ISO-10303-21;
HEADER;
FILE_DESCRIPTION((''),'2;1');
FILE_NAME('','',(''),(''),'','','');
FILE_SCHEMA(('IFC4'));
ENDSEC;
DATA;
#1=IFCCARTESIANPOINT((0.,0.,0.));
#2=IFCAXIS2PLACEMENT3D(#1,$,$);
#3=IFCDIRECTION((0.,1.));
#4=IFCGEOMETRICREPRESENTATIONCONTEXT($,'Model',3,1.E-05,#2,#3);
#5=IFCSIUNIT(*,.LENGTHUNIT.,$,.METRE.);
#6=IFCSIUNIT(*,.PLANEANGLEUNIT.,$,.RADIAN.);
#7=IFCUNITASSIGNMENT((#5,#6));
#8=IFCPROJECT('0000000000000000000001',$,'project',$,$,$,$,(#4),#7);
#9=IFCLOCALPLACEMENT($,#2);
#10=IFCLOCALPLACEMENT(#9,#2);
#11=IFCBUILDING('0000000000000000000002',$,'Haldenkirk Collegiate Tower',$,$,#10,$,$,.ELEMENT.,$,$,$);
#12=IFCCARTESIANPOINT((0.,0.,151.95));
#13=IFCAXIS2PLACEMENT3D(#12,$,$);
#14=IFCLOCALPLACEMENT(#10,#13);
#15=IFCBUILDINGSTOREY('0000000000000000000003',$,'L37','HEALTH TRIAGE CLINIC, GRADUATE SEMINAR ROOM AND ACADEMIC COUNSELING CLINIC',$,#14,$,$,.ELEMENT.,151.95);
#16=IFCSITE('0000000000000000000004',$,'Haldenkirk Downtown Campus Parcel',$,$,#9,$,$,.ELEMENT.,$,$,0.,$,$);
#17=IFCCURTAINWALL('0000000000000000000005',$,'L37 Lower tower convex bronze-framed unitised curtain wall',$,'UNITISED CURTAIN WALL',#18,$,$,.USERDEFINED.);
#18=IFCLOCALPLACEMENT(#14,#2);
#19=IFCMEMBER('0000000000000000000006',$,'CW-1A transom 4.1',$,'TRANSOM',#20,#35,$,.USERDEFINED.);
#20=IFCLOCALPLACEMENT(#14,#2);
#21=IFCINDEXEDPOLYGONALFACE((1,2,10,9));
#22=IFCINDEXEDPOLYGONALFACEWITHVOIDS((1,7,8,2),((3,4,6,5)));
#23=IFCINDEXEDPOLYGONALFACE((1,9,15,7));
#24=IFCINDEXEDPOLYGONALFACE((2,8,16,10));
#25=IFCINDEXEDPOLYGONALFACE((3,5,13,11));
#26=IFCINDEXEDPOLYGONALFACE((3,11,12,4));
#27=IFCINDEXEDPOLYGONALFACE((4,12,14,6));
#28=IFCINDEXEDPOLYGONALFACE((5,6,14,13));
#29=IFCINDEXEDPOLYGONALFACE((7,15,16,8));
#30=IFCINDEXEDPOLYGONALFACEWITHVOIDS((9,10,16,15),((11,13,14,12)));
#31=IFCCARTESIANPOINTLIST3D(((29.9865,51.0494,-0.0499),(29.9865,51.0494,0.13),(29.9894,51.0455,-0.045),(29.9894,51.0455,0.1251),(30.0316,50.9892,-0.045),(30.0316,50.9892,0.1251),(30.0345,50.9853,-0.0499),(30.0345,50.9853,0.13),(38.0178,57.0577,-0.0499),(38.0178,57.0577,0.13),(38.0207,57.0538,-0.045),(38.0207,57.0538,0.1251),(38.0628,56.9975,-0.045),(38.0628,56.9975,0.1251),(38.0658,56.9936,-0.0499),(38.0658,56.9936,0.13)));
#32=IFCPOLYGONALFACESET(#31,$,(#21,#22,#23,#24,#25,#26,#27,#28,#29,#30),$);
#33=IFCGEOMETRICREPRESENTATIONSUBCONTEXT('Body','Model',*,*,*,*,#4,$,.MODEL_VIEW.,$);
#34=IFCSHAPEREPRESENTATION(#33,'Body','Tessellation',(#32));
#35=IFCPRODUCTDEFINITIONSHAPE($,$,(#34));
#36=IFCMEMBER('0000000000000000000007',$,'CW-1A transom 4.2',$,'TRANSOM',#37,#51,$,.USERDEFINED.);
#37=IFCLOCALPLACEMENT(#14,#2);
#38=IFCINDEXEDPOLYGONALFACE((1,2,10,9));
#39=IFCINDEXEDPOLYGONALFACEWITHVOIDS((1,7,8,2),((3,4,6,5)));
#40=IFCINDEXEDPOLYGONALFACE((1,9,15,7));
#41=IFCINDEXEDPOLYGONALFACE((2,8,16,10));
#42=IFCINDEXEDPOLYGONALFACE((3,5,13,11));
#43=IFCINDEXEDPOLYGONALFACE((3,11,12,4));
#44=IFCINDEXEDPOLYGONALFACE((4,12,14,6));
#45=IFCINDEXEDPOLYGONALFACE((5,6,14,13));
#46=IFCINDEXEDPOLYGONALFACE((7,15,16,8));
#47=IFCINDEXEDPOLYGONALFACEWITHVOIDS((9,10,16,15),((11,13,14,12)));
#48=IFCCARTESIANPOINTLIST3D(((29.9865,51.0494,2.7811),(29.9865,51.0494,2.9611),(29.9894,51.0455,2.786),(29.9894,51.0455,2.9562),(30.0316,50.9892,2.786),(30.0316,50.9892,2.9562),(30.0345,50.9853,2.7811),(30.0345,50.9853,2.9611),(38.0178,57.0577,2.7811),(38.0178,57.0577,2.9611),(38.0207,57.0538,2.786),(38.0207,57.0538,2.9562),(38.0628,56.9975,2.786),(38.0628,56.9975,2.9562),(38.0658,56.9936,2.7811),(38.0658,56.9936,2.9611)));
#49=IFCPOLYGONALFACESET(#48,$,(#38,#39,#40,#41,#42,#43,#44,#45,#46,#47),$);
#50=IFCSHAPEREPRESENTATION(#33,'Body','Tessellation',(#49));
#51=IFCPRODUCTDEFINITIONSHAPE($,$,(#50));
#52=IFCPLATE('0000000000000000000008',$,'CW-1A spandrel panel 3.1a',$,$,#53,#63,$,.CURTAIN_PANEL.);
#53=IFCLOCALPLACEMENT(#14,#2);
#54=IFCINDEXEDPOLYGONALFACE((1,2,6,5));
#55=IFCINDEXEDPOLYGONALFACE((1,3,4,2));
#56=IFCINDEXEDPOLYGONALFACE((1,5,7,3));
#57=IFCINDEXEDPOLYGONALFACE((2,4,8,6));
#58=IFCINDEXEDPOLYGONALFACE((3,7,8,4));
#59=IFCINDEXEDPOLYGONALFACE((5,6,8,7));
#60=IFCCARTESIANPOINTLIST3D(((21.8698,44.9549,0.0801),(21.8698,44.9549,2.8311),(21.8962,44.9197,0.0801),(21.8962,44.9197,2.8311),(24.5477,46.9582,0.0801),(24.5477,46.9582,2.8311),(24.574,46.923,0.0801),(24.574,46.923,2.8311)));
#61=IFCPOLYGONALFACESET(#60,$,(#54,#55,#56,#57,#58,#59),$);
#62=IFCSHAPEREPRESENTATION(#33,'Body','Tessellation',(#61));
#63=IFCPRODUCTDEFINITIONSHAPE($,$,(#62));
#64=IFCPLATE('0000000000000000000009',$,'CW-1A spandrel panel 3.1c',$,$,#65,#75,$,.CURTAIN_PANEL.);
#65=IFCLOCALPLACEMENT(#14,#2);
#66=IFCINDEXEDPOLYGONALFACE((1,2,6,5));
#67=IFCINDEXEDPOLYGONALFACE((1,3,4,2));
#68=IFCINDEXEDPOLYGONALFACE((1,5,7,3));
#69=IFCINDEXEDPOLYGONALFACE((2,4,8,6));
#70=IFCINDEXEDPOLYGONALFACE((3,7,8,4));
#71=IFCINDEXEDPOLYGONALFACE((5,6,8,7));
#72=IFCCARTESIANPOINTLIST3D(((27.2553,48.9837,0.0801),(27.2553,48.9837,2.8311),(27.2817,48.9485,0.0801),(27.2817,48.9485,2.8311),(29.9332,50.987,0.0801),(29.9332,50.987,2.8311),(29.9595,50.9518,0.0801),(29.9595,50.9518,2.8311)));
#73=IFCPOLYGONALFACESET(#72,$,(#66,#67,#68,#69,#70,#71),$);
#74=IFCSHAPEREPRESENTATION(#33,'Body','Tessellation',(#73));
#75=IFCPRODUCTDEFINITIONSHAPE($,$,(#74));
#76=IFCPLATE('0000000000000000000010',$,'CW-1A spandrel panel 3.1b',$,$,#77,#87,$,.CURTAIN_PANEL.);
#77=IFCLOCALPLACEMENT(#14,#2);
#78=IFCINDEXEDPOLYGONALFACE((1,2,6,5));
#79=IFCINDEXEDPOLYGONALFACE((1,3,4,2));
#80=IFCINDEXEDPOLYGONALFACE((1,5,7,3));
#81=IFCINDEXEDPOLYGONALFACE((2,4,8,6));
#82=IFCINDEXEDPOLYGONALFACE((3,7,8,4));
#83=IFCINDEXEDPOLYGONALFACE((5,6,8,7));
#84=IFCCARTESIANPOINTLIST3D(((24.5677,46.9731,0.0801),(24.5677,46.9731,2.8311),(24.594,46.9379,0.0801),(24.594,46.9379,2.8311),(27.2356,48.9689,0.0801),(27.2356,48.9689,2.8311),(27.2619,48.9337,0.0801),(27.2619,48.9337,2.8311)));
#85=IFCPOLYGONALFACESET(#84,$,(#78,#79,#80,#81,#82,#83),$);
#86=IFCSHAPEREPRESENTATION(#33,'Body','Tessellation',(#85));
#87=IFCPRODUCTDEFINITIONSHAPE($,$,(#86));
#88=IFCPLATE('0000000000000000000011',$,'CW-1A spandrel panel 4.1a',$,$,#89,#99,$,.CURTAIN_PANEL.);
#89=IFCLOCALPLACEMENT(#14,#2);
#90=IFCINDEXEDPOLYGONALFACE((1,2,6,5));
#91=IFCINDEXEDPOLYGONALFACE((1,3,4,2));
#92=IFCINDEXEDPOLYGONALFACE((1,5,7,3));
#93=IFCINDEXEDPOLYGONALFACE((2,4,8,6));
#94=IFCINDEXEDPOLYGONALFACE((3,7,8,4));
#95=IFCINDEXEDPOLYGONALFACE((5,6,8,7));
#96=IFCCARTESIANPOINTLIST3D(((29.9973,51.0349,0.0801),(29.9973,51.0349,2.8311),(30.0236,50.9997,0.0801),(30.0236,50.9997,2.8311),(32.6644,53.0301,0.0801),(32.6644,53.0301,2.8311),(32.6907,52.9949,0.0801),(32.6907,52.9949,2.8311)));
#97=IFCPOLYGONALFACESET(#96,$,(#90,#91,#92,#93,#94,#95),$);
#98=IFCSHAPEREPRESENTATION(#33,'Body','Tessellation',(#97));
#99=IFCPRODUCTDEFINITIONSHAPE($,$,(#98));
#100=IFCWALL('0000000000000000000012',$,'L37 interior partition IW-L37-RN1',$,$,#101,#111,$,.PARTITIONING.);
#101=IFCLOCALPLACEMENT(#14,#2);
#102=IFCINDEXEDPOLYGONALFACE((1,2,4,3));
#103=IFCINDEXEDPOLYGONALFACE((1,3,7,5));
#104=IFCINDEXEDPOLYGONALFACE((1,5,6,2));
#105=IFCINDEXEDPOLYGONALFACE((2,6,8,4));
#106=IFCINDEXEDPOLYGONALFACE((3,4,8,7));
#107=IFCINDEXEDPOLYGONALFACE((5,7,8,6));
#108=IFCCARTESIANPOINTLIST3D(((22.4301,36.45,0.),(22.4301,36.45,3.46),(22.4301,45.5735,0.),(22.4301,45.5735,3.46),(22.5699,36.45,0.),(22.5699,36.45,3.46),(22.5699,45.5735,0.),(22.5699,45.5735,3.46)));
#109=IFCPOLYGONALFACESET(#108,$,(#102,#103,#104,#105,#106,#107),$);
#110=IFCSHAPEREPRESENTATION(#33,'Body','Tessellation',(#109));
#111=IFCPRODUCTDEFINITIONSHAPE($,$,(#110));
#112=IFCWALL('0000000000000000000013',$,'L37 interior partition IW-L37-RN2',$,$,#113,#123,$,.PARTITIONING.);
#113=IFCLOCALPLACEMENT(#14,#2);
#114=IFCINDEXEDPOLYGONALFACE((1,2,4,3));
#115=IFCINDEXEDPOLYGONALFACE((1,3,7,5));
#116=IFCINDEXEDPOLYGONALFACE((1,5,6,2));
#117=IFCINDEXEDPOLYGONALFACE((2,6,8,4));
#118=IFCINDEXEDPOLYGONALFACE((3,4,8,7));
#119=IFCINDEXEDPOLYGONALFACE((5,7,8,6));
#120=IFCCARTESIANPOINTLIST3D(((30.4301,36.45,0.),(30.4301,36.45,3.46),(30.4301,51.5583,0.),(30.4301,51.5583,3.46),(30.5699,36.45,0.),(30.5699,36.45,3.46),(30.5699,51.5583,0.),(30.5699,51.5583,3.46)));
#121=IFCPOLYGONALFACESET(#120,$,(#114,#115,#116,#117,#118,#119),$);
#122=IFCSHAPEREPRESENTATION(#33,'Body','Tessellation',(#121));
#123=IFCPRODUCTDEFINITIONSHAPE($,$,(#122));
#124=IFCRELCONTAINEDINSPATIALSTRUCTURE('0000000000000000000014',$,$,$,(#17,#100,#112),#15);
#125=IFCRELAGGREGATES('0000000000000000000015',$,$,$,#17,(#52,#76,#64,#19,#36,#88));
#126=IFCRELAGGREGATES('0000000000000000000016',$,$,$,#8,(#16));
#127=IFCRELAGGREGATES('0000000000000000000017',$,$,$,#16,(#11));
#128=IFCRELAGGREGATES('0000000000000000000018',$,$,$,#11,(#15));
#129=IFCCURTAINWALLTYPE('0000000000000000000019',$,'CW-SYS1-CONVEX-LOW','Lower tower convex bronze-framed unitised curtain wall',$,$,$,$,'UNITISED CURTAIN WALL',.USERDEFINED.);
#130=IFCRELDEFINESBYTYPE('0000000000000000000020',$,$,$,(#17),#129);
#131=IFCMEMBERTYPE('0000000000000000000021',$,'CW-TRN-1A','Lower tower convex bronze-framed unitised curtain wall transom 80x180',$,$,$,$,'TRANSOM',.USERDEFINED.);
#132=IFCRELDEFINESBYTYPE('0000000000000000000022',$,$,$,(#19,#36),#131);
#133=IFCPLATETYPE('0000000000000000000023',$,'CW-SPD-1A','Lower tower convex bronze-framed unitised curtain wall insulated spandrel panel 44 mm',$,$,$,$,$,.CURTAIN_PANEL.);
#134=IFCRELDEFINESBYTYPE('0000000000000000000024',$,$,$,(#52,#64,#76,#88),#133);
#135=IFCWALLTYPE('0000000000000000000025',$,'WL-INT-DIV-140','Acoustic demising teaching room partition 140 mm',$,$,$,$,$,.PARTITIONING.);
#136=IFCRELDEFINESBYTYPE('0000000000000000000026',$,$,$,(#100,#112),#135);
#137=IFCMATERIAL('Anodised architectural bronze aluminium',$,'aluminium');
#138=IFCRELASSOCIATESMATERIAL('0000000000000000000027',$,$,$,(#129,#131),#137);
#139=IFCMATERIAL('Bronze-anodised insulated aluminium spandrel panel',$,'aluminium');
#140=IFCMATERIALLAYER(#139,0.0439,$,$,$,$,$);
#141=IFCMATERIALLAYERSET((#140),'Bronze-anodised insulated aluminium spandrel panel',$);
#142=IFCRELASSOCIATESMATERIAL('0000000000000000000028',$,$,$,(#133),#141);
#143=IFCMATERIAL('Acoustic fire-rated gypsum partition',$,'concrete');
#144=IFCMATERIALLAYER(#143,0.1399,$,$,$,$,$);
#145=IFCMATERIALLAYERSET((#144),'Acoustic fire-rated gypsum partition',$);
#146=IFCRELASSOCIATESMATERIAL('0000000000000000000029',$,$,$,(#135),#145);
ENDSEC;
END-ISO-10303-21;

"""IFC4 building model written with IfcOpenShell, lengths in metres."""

from ifc_helpers import new_model, si_unit, direction, frame, frame_2d, origin, origin_2d, place, context, subcontext, project, spatial, rectangle, hollow_rectangle, extrude, source, transform, mapped, material, layer, layer_set, material_profile, profile_set, type_object, element, aggregate, save


model = new_model("IFC4")

# Units and contexts
model_context = context("Model", 3, precision=1e-05, world=origin(), true_north=direction((0.0, 1.0)))
body_context = subcontext(model_context, "Body", "Model", "MODEL_VIEW")
ifc_project = project(units=[si_unit("LENGTHUNIT", "METRE"), si_unit("PLANEANGLEUNIT", "RADIAN")], contexts=[model_context])

# Site, building, storey
site_placement = place(None, origin())
site = spatial("IfcSite", under=ifc_project, at=site_placement, Name="Haldenkirk Downtown Campus Parcel", CompositionType="ELEMENT", RefElevation=0.0)
building_placement = place(site_placement, origin())
building = spatial("IfcBuilding", under=site, at=building_placement, Name="Haldenkirk Collegiate Tower", CompositionType="ELEMENT")
storey_placement = place(building_placement, frame((0.0, 0.0, 151.95)))
storey = spatial("IfcBuildingStorey", under=building, at=storey_placement, Name="L37", Description="HEALTH TRIAGE CLINIC, GRADUATE SEMINAR ROOM AND ACADEMIC COUNSELING CLINIC", CompositionType="ELEMENT", Elevation=151.95)

# Curtain wall, members, plates
ifc_material_1 = material(Name="Anodised architectural bronze aluminium", Category="aluminium")
curtain_wall_type = type_object("IfcCurtainWallType", Name="CW-SYS1-CONVEX-LOW", Description="Lower tower convex bronze-framed unitised curtain wall", ElementType="UNITISED CURTAIN WALL", PredefinedType="USERDEFINED", material=ifc_material_1)
curtain_wall_placement = place(storey_placement, origin())
curtain_wall = element("IfcCurtainWall", 1, at=curtain_wall_placement, inside=storey, type_object=curtain_wall_type, Name="L37 Lower tower convex bronze-framed unitised curtain wall", ObjectType="UNITISED CURTAIN WALL", PredefinedType="USERDEFINED")
ifc_material_profile_1 = material_profile(ifc_material_1, hollow_rectangle(XDim=0.0801, YDim=0.1799, WallThickness=0.0049, at=origin_2d()), Name="CW-TRN-1A")
ifc_profile_set_1 = profile_set([ifc_material_profile_1], Name="Anodised architectural bronze aluminium")
member_type_1 = type_object("IfcMemberType", Name="CW-TRN-1A", Description="Lower tower convex bronze-framed unitised curtain wall transom 80x180", ElementType="TRANSOM", PredefinedType="USERDEFINED", material=ifc_profile_set_1)
member_1_placement = place(storey_placement, frame((30.0105, 51.0173, 0.04), z_axis=(0.800724, 0.599034, 0.0), x_axis=(-0.599034, 0.800724, 0.0)))
member_1 = element("IfcMember", 2, at=member_1_placement, type_object=member_type_1, Name="CW-1A transom 4.1", ObjectType="TRANSOM", PredefinedType="USERDEFINED", context=body_context, shape_type="SweptSolid", body=[
    extrude(hollow_rectangle(XDim=0.0801, YDim=0.1799, WallThickness=0.0049, at=origin_2d()), origin(), (0.0, 0.0, 1.0), 10.03),
])
member_2_placement = place(storey_placement, frame((30.0105, 51.0173, 2.8711), z_axis=(0.800724, 0.599034, 0.0), x_axis=(-0.599034, 0.800724, 0.0)))
member_2 = element("IfcMember", 3, at=member_2_placement, type_object=member_type_1, Name="CW-1A transom 4.2", ObjectType="TRANSOM", PredefinedType="USERDEFINED", context=body_context, shape_type="SweptSolid", body=[
    extrude(hollow_rectangle(XDim=0.0801, YDim=0.1799, WallThickness=0.0049, at=origin_2d()), origin(), (0.0, 0.0, 1.0), 10.03),
])
ifc_material_2 = material(Name="Bronze-anodised insulated aluminium spandrel panel", Category="aluminium")
ifc_layer_1 = layer(ifc_material_2, 0.0439)
ifc_layer_set_1 = layer_set([ifc_layer_1], Name="Bronze-anodised insulated aluminium spandrel panel")
plate_type = type_object("IfcPlateType", Name="CW-SPD-1A", Description="Lower tower convex bronze-framed unitised curtain wall insulated spandrel panel 44 mm", PredefinedType="CURTAIN_PANEL", material=ifc_layer_set_1)
shared_shape_1 = source(origin(), body_context, "Body", "SweptSolid", [
    extrude(rectangle(XDim=3.3442, YDim=0.0439, at=origin_2d()), origin(), (0.0, 0.0, 1.0), 2.751),
])
plate_1_placement = place(storey_placement, frame((23.2219, 45.939, 0.0801), z_axis=(0.0, 0.0, 1.0), x_axis=(0.80073, 0.599025, 0.0)))
plate_1 = element("IfcPlate", 4, at=plate_1_placement, type_object=plate_type, Name="CW-1A spandrel panel 3.1a", PredefinedType="CURTAIN_PANEL", context=body_context, shape_type="MappedRepresentation", body=[
    mapped(shared_shape_1, transform((0.0, 0.0, 0.0), x_axis=(1.0, 0.0, 0.0), y_axis=(0.0, 1.0, 0.0), z_axis=(0.0, 0.0, 1.0), scale=1.0)),
])
plate_2_placement = place(storey_placement, frame((28.6074, 49.9678, 0.0801), z_axis=(0.0, 0.0, 1.0), x_axis=(0.80073, 0.599025, 0.0)))
plate_2 = element("IfcPlate", 5, at=plate_2_placement, type_object=plate_type, Name="CW-1A spandrel panel 3.1c", PredefinedType="CURTAIN_PANEL", context=body_context, shape_type="MappedRepresentation", body=[
    mapped(shared_shape_1, transform((0.0, 0.0, 0.0), x_axis=(1.0, 0.0, 0.0), y_axis=(0.0, 1.0, 0.0), z_axis=(0.0, 0.0, 1.0), scale=1.0)),
])
shared_shape_2 = source(origin(), body_context, "Body", "SweptSolid", [
    extrude(rectangle(XDim=3.3318, YDim=0.0439, at=origin_2d()), origin(), (0.0, 0.0, 1.0), 2.751),
])
plate_3_placement = place(storey_placement, frame((25.9148, 47.9534, 0.0801), z_axis=(0.0, 0.0, 1.0), x_axis=(0.80073, 0.599025, 0.0)))
plate_3 = element("IfcPlate", 6, at=plate_3_placement, type_object=plate_type, Name="CW-1A spandrel panel 3.1b", PredefinedType="CURTAIN_PANEL", context=body_context, shape_type="MappedRepresentation", body=[
    mapped(shared_shape_2, transform((0.0, 0.0, 0.0), x_axis=(1.0, 0.0, 0.0), y_axis=(0.0, 1.0, 0.0), z_axis=(0.0, 0.0, 1.0), scale=1.0)),
])
shared_shape_3 = source(origin(), body_context, "Body", "SweptSolid", [
    extrude(rectangle(XDim=3.3308, YDim=0.0439, at=origin_2d()), origin(), (0.0, 0.0, 1.0), 2.751),
])
plate_4_placement = place(storey_placement, frame((31.344, 52.0149, 0.0801), z_axis=(0.0, 0.0, 1.0), x_axis=(0.80073, 0.599025, 0.0)))
plate_4 = element("IfcPlate", 7, at=plate_4_placement, type_object=plate_type, Name="CW-1A spandrel panel 4.1a", PredefinedType="CURTAIN_PANEL", context=body_context, shape_type="MappedRepresentation", body=[
    mapped(shared_shape_3, transform((0.0, 0.0, 0.0), x_axis=(1.0, 0.0, 0.0), y_axis=(0.0, 1.0, 0.0), z_axis=(0.0, 0.0, 1.0), scale=1.0)),
])
aggregate(curtain_wall, [plate_1, plate_3, plate_2, member_1, member_2, plate_4])

# Walls
ifc_material_3 = material(Name="Acoustic fire-rated gypsum partition", Category="concrete")
ifc_layer_2 = layer(ifc_material_3, 0.1399)
ifc_layer_set_2 = layer_set([ifc_layer_2], Name="Acoustic fire-rated gypsum partition")
wall_type_1 = type_object("IfcWallType", Name="WL-INT-DIV-140", Description="Acoustic demising teaching room partition 140 mm", PredefinedType="PARTITIONING", material=ifc_layer_set_2)
wall_1_placement = place(storey_placement, frame((22.5, 36.45, 0.0), z_axis=(0.0, 0.0, 1.0), x_axis=(0.0, 1.0, 0.0)))
element("IfcWall", 8, at=wall_1_placement, inside=storey, type_object=wall_type_1, Name="L37 interior partition IW-L37-RN1", PredefinedType="PARTITIONING", context=body_context, shape_type="SweptSolid", body=[
    extrude(rectangle(XDim=9.1235, YDim=0.1399, at=frame_2d((4.5618, 0.0))), origin(), (0.0, 0.0, 1.0), 3.46),
])
wall_2_placement = place(storey_placement, frame((30.5, 36.45, 0.0), z_axis=(0.0, 0.0, 1.0), x_axis=(0.0, 1.0, 0.0)))
element("IfcWall", 9, at=wall_2_placement, inside=storey, type_object=wall_type_1, Name="L37 interior partition IW-L37-RN2", PredefinedType="PARTITIONING", context=body_context, shape_type="SweptSolid", body=[
    extrude(rectangle(XDim=15.1084, YDim=0.1399, at=frame_2d((7.5542, 0.0))), origin(), (0.0, 0.0, 1.0), 3.46),
])

save(model, "model.ifc")
